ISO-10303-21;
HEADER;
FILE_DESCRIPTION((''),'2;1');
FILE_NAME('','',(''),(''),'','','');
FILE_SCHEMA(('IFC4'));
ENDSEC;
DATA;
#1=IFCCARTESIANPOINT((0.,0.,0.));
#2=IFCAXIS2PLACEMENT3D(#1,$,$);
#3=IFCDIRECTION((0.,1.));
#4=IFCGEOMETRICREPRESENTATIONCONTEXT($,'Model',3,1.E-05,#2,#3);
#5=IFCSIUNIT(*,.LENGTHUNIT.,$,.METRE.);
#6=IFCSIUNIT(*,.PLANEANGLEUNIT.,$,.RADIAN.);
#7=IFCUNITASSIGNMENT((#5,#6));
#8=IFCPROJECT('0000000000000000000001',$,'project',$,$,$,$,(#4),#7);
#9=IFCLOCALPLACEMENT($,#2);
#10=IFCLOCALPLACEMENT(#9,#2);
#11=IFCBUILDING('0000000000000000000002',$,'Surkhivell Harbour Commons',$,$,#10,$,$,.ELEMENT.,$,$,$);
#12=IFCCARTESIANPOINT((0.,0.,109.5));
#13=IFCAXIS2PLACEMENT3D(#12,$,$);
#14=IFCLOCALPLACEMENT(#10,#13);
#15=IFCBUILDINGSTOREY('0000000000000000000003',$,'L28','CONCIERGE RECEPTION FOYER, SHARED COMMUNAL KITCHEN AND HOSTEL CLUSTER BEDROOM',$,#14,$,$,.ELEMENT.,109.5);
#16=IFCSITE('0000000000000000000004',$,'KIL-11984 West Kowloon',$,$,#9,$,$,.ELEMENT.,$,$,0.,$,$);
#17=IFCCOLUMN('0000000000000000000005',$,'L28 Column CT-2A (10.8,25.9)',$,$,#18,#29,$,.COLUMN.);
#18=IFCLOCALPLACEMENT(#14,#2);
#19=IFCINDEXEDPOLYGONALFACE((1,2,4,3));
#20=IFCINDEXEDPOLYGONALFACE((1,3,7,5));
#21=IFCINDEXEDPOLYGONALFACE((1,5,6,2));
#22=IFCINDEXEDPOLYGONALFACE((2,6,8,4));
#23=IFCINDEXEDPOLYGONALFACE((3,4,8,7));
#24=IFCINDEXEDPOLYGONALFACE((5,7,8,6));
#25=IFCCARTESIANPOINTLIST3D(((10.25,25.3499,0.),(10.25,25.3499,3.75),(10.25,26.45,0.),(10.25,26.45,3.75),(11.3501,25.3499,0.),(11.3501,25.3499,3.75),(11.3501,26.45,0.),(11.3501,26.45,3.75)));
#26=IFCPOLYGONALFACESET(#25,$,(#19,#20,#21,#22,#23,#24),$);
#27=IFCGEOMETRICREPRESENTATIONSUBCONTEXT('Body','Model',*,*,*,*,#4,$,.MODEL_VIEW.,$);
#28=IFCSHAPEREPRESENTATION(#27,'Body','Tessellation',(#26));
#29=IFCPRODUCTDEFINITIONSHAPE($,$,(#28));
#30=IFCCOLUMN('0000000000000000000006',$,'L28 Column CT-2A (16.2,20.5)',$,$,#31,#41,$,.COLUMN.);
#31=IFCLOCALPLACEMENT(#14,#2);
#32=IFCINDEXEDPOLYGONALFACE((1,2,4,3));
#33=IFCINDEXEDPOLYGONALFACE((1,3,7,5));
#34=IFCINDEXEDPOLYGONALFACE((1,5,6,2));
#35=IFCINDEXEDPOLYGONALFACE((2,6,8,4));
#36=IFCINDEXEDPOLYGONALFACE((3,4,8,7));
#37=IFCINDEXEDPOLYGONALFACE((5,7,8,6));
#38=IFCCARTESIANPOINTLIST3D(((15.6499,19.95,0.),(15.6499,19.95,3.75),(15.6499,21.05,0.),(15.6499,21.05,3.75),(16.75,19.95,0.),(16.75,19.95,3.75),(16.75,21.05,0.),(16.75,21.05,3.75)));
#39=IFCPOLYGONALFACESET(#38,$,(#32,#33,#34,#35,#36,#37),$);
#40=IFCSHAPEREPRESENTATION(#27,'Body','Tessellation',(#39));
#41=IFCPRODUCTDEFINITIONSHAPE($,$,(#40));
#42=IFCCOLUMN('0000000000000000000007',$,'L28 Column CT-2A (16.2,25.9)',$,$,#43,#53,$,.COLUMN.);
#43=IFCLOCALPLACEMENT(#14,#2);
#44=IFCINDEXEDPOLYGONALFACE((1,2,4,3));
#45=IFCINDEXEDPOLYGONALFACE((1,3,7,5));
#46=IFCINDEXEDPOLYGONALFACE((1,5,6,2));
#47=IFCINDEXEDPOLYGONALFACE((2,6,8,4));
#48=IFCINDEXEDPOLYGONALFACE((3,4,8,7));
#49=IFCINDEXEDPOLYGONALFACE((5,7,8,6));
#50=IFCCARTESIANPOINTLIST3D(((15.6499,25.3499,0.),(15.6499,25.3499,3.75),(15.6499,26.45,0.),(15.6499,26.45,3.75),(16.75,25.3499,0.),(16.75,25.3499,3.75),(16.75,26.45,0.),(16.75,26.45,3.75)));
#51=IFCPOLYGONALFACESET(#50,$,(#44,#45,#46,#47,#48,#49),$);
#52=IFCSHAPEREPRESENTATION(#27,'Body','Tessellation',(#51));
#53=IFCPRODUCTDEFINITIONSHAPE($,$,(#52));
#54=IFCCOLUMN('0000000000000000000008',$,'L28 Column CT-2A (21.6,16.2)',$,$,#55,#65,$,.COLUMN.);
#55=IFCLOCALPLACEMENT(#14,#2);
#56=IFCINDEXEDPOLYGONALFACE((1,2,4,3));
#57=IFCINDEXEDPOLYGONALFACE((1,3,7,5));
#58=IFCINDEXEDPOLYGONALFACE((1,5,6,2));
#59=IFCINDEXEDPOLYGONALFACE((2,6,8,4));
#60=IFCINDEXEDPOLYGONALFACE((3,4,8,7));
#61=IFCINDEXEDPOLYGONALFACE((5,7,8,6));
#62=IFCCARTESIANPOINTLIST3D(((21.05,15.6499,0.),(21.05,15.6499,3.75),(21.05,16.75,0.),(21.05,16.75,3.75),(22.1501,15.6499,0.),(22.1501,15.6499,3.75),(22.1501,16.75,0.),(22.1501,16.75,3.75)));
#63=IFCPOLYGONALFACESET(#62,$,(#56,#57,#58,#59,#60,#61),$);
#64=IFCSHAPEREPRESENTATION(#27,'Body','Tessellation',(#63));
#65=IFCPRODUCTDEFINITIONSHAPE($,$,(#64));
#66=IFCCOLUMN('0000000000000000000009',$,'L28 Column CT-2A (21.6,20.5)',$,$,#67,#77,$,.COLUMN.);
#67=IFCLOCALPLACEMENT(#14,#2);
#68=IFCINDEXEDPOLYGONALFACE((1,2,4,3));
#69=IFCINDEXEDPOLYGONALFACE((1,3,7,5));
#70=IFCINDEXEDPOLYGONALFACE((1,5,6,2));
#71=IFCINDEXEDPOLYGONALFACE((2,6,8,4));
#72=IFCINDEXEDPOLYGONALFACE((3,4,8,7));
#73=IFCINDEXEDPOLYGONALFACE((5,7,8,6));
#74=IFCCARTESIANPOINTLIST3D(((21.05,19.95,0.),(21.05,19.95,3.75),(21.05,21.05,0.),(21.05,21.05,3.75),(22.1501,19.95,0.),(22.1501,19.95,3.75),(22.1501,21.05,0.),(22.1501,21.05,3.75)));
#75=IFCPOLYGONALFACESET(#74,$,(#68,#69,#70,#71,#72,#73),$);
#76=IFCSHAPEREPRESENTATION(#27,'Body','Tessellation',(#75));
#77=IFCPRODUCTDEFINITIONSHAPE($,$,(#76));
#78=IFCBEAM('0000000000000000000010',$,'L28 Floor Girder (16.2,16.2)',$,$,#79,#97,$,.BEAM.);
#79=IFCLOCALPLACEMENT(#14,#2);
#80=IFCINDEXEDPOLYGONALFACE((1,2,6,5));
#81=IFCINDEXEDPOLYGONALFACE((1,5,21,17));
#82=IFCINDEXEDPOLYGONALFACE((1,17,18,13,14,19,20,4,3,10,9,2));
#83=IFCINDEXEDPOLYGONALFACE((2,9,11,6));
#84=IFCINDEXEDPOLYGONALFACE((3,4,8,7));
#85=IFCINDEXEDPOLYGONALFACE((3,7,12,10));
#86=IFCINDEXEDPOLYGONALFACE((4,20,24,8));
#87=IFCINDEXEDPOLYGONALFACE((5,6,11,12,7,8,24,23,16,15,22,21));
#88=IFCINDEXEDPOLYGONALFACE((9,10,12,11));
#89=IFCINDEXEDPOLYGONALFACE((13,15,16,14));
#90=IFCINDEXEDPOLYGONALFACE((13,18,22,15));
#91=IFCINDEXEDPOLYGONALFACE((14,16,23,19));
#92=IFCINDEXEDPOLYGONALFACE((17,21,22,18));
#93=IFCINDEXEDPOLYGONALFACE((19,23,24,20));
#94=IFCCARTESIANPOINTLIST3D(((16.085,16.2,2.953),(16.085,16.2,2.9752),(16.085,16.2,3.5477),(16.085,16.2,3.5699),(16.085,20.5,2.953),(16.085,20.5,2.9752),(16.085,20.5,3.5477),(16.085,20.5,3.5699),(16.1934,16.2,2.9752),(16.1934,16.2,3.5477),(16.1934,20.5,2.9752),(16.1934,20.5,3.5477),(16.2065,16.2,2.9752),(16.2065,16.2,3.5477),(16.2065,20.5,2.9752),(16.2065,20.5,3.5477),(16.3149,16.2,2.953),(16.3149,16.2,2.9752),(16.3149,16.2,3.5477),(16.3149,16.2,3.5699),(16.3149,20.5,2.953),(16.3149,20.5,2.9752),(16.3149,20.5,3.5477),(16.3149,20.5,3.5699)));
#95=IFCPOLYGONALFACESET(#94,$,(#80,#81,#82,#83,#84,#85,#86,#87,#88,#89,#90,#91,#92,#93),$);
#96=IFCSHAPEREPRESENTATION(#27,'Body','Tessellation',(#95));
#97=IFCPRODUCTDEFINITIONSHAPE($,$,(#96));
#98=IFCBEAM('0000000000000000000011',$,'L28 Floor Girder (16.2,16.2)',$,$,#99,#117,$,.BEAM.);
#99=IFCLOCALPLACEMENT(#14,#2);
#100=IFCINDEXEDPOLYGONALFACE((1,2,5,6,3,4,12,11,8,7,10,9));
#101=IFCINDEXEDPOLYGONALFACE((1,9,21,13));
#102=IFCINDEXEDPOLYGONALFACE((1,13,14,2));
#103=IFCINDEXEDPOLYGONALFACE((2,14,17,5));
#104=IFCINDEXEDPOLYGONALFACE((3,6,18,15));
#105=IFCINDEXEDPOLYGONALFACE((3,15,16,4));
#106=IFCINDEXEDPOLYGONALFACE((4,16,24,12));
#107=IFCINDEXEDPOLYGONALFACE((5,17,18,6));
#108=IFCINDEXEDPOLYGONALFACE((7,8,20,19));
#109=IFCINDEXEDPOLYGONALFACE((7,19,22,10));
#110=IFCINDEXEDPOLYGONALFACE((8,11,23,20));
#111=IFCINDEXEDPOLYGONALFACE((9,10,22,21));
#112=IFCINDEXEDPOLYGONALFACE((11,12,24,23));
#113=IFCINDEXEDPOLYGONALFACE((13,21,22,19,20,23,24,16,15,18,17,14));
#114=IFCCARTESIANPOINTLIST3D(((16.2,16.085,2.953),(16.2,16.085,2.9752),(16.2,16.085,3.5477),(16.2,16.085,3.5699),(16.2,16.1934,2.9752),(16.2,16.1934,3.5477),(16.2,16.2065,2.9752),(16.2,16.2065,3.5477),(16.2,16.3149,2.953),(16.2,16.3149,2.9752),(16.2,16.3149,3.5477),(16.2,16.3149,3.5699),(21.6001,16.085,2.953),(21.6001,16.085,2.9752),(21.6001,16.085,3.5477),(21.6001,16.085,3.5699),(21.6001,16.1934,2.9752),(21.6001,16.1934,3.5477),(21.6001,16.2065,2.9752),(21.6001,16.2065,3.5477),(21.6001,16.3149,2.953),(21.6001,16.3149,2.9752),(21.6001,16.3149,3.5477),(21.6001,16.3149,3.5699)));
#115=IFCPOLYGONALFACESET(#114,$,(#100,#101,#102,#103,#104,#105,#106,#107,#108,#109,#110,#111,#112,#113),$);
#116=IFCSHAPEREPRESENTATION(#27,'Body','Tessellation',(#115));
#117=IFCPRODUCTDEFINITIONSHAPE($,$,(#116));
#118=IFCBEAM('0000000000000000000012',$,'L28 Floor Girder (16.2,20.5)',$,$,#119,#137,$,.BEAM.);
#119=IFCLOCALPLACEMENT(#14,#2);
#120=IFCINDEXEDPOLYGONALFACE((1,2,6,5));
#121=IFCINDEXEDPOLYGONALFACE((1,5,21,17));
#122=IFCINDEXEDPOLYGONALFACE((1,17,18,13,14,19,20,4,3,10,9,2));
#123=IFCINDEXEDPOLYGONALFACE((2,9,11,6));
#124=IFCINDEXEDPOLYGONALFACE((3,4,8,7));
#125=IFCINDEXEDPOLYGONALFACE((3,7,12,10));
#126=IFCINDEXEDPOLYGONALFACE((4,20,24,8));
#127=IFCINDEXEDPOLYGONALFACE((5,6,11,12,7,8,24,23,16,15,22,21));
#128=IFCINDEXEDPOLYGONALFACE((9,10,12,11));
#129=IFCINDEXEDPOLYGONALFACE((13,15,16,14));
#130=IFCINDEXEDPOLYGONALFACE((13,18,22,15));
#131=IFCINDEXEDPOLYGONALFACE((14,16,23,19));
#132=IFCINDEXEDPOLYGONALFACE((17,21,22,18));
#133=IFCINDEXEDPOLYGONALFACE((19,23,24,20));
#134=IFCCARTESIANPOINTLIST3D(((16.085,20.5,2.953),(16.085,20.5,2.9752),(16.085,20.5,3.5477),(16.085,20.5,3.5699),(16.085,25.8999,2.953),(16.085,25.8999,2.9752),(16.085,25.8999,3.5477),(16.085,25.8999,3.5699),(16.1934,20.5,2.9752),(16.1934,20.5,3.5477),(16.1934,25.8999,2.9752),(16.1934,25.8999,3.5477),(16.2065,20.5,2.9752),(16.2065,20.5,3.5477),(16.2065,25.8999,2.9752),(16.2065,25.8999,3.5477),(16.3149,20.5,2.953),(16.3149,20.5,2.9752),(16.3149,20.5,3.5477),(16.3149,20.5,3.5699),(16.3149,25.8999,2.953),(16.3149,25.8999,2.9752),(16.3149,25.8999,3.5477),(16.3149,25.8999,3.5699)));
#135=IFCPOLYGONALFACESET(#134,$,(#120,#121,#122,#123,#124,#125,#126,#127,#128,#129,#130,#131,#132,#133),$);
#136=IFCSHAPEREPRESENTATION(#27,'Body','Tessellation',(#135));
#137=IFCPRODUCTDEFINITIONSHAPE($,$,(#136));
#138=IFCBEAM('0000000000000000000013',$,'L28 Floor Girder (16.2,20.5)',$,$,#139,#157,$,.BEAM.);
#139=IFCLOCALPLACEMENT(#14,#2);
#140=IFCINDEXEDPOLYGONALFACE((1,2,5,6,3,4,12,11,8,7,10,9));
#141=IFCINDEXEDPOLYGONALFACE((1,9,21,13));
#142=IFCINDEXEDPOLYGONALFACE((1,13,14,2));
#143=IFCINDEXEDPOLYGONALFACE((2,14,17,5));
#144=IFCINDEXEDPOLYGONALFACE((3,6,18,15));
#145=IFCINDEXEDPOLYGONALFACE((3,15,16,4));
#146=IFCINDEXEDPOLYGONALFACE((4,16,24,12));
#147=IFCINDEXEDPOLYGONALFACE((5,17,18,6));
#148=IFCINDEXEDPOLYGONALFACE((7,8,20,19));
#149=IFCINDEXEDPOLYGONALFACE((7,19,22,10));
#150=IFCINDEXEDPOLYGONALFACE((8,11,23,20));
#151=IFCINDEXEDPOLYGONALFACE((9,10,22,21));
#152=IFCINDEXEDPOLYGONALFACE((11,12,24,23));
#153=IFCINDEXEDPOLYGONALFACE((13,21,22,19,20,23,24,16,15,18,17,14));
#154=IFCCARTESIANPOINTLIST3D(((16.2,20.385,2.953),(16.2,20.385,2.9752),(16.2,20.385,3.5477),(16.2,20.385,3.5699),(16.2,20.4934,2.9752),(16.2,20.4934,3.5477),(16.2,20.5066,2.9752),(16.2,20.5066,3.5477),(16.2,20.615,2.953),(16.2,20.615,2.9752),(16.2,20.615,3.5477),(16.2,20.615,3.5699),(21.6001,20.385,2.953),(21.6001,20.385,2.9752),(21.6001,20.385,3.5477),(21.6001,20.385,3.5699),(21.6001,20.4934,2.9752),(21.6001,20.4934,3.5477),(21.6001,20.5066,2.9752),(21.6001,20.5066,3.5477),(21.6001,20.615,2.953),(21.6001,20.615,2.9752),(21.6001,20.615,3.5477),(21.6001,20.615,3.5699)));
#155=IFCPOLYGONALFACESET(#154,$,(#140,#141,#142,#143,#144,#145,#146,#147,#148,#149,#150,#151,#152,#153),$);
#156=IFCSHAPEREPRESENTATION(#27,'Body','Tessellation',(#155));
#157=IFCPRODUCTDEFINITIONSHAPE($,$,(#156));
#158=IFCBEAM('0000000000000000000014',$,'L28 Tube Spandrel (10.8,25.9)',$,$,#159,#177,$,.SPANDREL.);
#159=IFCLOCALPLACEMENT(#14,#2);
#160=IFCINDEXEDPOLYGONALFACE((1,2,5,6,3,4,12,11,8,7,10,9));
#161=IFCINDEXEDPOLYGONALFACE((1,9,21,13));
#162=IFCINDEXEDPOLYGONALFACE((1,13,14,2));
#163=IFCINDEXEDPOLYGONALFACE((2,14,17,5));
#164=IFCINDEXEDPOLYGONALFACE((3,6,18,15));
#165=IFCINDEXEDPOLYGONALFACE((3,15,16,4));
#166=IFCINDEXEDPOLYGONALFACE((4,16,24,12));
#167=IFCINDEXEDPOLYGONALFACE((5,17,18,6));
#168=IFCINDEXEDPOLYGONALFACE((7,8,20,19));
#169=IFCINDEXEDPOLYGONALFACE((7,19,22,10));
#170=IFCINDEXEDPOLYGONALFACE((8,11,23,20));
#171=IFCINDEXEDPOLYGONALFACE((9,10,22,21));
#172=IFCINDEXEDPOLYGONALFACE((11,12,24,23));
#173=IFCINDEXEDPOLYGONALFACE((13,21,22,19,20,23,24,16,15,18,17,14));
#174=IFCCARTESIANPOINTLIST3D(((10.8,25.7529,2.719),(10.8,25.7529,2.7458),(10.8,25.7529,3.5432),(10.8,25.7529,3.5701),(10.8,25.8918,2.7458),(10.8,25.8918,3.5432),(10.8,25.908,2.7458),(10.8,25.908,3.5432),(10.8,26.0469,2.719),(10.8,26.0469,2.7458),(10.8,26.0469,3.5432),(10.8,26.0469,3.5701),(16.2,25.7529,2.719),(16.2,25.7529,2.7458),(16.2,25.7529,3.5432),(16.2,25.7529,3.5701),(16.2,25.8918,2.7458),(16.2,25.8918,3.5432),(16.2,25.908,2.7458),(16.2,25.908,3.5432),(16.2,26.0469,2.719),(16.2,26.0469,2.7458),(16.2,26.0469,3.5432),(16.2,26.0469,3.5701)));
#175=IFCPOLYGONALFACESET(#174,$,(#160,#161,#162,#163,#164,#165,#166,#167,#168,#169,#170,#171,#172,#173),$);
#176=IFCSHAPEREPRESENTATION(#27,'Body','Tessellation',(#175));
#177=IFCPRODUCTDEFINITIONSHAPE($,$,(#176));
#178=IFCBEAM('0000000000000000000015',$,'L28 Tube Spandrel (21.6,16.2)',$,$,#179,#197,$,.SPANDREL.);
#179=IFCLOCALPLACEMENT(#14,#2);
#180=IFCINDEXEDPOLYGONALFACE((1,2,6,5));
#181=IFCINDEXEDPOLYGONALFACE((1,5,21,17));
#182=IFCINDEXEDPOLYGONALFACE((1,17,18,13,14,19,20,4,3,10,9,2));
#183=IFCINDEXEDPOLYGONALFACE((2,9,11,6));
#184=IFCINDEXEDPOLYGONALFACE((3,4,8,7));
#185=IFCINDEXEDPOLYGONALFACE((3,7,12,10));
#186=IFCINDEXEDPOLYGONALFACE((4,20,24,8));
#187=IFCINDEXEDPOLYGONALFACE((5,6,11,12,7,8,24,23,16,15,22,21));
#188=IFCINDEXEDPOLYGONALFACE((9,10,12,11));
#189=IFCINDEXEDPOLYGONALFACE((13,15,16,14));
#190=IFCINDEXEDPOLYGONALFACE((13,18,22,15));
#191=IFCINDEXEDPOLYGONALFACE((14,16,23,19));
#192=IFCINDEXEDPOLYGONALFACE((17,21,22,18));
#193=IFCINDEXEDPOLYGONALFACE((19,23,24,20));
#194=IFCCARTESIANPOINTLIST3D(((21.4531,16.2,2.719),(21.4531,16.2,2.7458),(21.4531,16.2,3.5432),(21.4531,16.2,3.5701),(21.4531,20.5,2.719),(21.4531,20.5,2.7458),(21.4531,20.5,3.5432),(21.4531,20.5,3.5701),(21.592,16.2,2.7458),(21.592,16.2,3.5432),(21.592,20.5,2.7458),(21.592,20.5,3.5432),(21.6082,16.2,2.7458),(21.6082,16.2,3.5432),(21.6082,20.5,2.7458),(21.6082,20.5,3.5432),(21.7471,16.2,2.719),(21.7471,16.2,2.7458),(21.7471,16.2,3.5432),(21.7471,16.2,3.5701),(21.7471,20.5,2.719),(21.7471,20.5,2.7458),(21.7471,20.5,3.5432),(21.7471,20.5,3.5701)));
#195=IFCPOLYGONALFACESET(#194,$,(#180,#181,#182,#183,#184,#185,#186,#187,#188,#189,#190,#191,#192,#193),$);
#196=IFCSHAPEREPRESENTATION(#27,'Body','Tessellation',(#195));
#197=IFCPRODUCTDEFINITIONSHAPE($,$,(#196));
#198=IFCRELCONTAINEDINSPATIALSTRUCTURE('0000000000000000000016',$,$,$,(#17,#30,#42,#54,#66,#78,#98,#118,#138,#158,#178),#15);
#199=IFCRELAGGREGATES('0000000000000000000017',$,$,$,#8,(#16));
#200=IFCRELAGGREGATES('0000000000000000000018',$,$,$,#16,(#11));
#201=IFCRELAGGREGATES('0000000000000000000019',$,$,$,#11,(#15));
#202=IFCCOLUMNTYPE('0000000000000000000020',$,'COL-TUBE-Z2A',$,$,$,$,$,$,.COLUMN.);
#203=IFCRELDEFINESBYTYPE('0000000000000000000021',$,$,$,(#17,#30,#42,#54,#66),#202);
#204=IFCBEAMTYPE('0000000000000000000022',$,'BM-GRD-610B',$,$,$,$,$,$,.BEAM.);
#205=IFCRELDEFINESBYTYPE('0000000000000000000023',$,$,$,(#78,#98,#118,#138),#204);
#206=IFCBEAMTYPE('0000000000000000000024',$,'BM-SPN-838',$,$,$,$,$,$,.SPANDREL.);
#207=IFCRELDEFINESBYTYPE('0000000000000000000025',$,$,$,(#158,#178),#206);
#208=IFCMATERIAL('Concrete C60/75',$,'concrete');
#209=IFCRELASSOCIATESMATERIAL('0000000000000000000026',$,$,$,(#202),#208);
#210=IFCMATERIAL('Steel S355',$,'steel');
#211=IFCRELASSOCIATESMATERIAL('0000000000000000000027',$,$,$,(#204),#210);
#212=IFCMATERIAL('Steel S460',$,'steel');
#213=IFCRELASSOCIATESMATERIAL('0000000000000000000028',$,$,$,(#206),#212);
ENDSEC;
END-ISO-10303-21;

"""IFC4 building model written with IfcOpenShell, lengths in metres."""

from ifc_helpers import new_model, si_unit, direction, frame, origin, origin_2d, place, context, subcontext, project, spatial, rectangle, i_section, extrude, material, material_profile, profile_set, type_object, element, save


model = new_model("IFC4")

# Units and contexts
model_context = context("Model", 3, precision=1e-05, world=origin(), true_north=direction((0.0, 1.0)))
body_context = subcontext(model_context, "Body", "Model", "MODEL_VIEW")
ifc_project = project(units=[si_unit("LENGTHUNIT", "METRE"), si_unit("PLANEANGLEUNIT", "RADIAN")], contexts=[model_context])

# Site, building, storey
site_placement = place(None, origin())
site = spatial("IfcSite", under=ifc_project, at=site_placement, Name="KIL-11984 West Kowloon", CompositionType="ELEMENT", RefElevation=0.0)
building_placement = place(site_placement, origin())
building = spatial("IfcBuilding", under=site, at=building_placement, Name="Surkhivell Harbour Commons", CompositionType="ELEMENT")
storey_placement = place(building_placement, frame((0.0, 0.0, 109.5)))
storey = spatial("IfcBuildingStorey", under=building, at=storey_placement, Name="L28", Description="CONCIERGE RECEPTION FOYER, SHARED COMMUNAL KITCHEN AND HOSTEL CLUSTER BEDROOM", CompositionType="ELEMENT", Elevation=109.5)

# Columns
ifc_material_1 = material(Name="Concrete C60/75", Category="concrete")
ifc_material_profile_1 = material_profile(ifc_material_1, rectangle(XDim=1.1001, YDim=1.1001, at=origin_2d()), Name="RC-COL-1100x1100")
ifc_profile_set_1 = profile_set([ifc_material_profile_1], Name="Concrete C60/75")
column_type = type_object("IfcColumnType", Name="COL-TUBE-Z2A", PredefinedType="COLUMN", material=ifc_profile_set_1)
for number, where, z_axis, x_axis, name in (
    (1, (10.8, 25.8999, 0.0), (0.0, 0.0, 1.0), (1.0, 0.0, 0.0), "L28 Column CT-2A (10.8,25.9)"),
    (2, (16.2, 20.5, 0.0), (0.0, 0.0, 1.0), (1.0, 0.0, 0.0), "L28 Column CT-2A (16.2,20.5)"),
    (3, (16.2, 25.8999, 0.0), (0.0, 0.0, 1.0), (1.0, 0.0, 0.0), "L28 Column CT-2A (16.2,25.9)"),
    (4, (21.6001, 16.2, 0.0), (0.0, 0.0, 1.0), (1.0, 0.0, 0.0), "L28 Column CT-2A (21.6,16.2)"),
    (5, (21.6001, 20.5, 0.0), (0.0, 0.0, 1.0), (1.0, 0.0, 0.0), "L28 Column CT-2A (21.6,20.5)"),
):
    element("IfcColumn", number, at=place(storey_placement, frame(where, z_axis=z_axis, x_axis=x_axis)), inside=storey, type_object=column_type, Name=name, PredefinedType="COLUMN", context=body_context, shape_type="SweptSolid", body=[
        extrude(rectangle(XDim=1.1001, YDim=1.1001, at=origin_2d()), origin(), (0.0, 0.0, 1.0), 3.75),
    ])

# Beams
ifc_material_2 = material(Name="Steel S355", Category="steel")
ifc_material_profile_2 = material_profile(ifc_material_2, i_section(OverallWidth=0.23, OverallDepth=0.6169, WebThickness=0.0132, FlangeThickness=0.0222, at=origin_2d()), Name="UB610x229x140")
ifc_profile_set_2 = profile_set([ifc_material_profile_2], Name="Steel S355")
beam_type_1 = type_object("IfcBeamType", Name="BM-GRD-610B", PredefinedType="BEAM", material=ifc_profile_set_2)
beam_1_placement = place(storey_placement, frame((16.2, 16.2, 3.2615), z_axis=(0.0, 1.0, 0.0), x_axis=(-1.0, 0.0, 0.0)))
element("IfcBeam", 6, at=beam_1_placement, inside=storey, type_object=beam_type_1, Name="L28 Floor Girder (16.2,16.2)", PredefinedType="BEAM", context=body_context, shape_type="SweptSolid", body=[
    extrude(i_section(OverallWidth=0.23, OverallDepth=0.6169, WebThickness=0.0132, FlangeThickness=0.0222, at=origin_2d()), origin(), (0.0, 0.0, 1.0), 4.3),
])
beam_2_placement = place(storey_placement, frame((16.2, 16.2, 3.2615), z_axis=(1.0, 0.0, 0.0), x_axis=(0.0, 1.0, 0.0)))
element("IfcBeam", 7, at=beam_2_placement, inside=storey, type_object=beam_type_1, Name="L28 Floor Girder (16.2,16.2)", PredefinedType="BEAM", context=body_context, shape_type="SweptSolid", body=[
    extrude(i_section(OverallWidth=0.23, OverallDepth=0.6169, WebThickness=0.0132, FlangeThickness=0.0222, at=origin_2d()), origin(), (0.0, 0.0, 1.0), 5.4001),
])
beam_3_placement = place(storey_placement, frame((16.2, 20.5, 3.2615), z_axis=(0.0, 1.0, 0.0), x_axis=(-1.0, 0.0, 0.0)))
element("IfcBeam", 8, at=beam_3_placement, inside=storey, type_object=beam_type_1, Name="L28 Floor Girder (16.2,20.5)", PredefinedType="BEAM", context=body_context, shape_type="SweptSolid", body=[
    extrude(i_section(OverallWidth=0.23, OverallDepth=0.6169, WebThickness=0.0132, FlangeThickness=0.0222, at=origin_2d()), origin(), (0.0, 0.0, 1.0), 5.3999),
])
beam_4_placement = place(storey_placement, frame((16.2, 20.5, 3.2615), z_axis=(1.0, 0.0, 0.0), x_axis=(0.0, 1.0, 0.0)))
element("IfcBeam", 9, at=beam_4_placement, inside=storey, type_object=beam_type_1, Name="L28 Floor Girder (16.2,20.5)", PredefinedType="BEAM", context=body_context, shape_type="SweptSolid", body=[
    extrude(i_section(OverallWidth=0.23, OverallDepth=0.6169, WebThickness=0.0132, FlangeThickness=0.0222, at=origin_2d()), origin(), (0.0, 0.0, 1.0), 5.4001),
])
ifc_material_3 = material(Name="Steel S460", Category="steel")
ifc_material_profile_3 = material_profile(ifc_material_3, i_section(OverallWidth=0.2939, OverallDepth=0.8511, WebThickness=0.0161, FlangeThickness=0.0269, at=origin_2d()), Name="UB838x292x226")
ifc_profile_set_3 = profile_set([ifc_material_profile_3], Name="Steel S460")
beam_type_2 = type_object("IfcBeamType", Name="BM-SPN-838", PredefinedType="SPANDREL", material=ifc_profile_set_3)
beam_5_placement = place(storey_placement, frame((10.8, 25.8999, 3.1445), z_axis=(1.0, 0.0, 0.0), x_axis=(0.0, 1.0, 0.0)))
element("IfcBeam", 10, at=beam_5_placement, inside=storey, type_object=beam_type_2, Name="L28 Tube Spandrel (10.8,25.9)", PredefinedType="SPANDREL", context=body_context, shape_type="SweptSolid", body=[
    extrude(i_section(OverallWidth=0.2939, OverallDepth=0.8511, WebThickness=0.0161, FlangeThickness=0.0269, at=origin_2d()), origin(), (0.0, 0.0, 1.0), 5.3999),
])
beam_6_placement = place(storey_placement, frame((21.6001, 16.2, 3.1445), z_axis=(0.0, 1.0, 0.0), x_axis=(-1.0, 0.0, 0.0)))
element("IfcBeam", 11, at=beam_6_placement, inside=storey, type_object=beam_type_2, Name="L28 Tube Spandrel (21.6,16.2)", PredefinedType="SPANDREL", context=body_context, shape_type="SweptSolid", body=[
    extrude(i_section(OverallWidth=0.2939, OverallDepth=0.8511, WebThickness=0.0161, FlangeThickness=0.0269, at=origin_2d()), origin(), (0.0, 0.0, 1.0), 4.3),
])

save(model, "model.ifc")
